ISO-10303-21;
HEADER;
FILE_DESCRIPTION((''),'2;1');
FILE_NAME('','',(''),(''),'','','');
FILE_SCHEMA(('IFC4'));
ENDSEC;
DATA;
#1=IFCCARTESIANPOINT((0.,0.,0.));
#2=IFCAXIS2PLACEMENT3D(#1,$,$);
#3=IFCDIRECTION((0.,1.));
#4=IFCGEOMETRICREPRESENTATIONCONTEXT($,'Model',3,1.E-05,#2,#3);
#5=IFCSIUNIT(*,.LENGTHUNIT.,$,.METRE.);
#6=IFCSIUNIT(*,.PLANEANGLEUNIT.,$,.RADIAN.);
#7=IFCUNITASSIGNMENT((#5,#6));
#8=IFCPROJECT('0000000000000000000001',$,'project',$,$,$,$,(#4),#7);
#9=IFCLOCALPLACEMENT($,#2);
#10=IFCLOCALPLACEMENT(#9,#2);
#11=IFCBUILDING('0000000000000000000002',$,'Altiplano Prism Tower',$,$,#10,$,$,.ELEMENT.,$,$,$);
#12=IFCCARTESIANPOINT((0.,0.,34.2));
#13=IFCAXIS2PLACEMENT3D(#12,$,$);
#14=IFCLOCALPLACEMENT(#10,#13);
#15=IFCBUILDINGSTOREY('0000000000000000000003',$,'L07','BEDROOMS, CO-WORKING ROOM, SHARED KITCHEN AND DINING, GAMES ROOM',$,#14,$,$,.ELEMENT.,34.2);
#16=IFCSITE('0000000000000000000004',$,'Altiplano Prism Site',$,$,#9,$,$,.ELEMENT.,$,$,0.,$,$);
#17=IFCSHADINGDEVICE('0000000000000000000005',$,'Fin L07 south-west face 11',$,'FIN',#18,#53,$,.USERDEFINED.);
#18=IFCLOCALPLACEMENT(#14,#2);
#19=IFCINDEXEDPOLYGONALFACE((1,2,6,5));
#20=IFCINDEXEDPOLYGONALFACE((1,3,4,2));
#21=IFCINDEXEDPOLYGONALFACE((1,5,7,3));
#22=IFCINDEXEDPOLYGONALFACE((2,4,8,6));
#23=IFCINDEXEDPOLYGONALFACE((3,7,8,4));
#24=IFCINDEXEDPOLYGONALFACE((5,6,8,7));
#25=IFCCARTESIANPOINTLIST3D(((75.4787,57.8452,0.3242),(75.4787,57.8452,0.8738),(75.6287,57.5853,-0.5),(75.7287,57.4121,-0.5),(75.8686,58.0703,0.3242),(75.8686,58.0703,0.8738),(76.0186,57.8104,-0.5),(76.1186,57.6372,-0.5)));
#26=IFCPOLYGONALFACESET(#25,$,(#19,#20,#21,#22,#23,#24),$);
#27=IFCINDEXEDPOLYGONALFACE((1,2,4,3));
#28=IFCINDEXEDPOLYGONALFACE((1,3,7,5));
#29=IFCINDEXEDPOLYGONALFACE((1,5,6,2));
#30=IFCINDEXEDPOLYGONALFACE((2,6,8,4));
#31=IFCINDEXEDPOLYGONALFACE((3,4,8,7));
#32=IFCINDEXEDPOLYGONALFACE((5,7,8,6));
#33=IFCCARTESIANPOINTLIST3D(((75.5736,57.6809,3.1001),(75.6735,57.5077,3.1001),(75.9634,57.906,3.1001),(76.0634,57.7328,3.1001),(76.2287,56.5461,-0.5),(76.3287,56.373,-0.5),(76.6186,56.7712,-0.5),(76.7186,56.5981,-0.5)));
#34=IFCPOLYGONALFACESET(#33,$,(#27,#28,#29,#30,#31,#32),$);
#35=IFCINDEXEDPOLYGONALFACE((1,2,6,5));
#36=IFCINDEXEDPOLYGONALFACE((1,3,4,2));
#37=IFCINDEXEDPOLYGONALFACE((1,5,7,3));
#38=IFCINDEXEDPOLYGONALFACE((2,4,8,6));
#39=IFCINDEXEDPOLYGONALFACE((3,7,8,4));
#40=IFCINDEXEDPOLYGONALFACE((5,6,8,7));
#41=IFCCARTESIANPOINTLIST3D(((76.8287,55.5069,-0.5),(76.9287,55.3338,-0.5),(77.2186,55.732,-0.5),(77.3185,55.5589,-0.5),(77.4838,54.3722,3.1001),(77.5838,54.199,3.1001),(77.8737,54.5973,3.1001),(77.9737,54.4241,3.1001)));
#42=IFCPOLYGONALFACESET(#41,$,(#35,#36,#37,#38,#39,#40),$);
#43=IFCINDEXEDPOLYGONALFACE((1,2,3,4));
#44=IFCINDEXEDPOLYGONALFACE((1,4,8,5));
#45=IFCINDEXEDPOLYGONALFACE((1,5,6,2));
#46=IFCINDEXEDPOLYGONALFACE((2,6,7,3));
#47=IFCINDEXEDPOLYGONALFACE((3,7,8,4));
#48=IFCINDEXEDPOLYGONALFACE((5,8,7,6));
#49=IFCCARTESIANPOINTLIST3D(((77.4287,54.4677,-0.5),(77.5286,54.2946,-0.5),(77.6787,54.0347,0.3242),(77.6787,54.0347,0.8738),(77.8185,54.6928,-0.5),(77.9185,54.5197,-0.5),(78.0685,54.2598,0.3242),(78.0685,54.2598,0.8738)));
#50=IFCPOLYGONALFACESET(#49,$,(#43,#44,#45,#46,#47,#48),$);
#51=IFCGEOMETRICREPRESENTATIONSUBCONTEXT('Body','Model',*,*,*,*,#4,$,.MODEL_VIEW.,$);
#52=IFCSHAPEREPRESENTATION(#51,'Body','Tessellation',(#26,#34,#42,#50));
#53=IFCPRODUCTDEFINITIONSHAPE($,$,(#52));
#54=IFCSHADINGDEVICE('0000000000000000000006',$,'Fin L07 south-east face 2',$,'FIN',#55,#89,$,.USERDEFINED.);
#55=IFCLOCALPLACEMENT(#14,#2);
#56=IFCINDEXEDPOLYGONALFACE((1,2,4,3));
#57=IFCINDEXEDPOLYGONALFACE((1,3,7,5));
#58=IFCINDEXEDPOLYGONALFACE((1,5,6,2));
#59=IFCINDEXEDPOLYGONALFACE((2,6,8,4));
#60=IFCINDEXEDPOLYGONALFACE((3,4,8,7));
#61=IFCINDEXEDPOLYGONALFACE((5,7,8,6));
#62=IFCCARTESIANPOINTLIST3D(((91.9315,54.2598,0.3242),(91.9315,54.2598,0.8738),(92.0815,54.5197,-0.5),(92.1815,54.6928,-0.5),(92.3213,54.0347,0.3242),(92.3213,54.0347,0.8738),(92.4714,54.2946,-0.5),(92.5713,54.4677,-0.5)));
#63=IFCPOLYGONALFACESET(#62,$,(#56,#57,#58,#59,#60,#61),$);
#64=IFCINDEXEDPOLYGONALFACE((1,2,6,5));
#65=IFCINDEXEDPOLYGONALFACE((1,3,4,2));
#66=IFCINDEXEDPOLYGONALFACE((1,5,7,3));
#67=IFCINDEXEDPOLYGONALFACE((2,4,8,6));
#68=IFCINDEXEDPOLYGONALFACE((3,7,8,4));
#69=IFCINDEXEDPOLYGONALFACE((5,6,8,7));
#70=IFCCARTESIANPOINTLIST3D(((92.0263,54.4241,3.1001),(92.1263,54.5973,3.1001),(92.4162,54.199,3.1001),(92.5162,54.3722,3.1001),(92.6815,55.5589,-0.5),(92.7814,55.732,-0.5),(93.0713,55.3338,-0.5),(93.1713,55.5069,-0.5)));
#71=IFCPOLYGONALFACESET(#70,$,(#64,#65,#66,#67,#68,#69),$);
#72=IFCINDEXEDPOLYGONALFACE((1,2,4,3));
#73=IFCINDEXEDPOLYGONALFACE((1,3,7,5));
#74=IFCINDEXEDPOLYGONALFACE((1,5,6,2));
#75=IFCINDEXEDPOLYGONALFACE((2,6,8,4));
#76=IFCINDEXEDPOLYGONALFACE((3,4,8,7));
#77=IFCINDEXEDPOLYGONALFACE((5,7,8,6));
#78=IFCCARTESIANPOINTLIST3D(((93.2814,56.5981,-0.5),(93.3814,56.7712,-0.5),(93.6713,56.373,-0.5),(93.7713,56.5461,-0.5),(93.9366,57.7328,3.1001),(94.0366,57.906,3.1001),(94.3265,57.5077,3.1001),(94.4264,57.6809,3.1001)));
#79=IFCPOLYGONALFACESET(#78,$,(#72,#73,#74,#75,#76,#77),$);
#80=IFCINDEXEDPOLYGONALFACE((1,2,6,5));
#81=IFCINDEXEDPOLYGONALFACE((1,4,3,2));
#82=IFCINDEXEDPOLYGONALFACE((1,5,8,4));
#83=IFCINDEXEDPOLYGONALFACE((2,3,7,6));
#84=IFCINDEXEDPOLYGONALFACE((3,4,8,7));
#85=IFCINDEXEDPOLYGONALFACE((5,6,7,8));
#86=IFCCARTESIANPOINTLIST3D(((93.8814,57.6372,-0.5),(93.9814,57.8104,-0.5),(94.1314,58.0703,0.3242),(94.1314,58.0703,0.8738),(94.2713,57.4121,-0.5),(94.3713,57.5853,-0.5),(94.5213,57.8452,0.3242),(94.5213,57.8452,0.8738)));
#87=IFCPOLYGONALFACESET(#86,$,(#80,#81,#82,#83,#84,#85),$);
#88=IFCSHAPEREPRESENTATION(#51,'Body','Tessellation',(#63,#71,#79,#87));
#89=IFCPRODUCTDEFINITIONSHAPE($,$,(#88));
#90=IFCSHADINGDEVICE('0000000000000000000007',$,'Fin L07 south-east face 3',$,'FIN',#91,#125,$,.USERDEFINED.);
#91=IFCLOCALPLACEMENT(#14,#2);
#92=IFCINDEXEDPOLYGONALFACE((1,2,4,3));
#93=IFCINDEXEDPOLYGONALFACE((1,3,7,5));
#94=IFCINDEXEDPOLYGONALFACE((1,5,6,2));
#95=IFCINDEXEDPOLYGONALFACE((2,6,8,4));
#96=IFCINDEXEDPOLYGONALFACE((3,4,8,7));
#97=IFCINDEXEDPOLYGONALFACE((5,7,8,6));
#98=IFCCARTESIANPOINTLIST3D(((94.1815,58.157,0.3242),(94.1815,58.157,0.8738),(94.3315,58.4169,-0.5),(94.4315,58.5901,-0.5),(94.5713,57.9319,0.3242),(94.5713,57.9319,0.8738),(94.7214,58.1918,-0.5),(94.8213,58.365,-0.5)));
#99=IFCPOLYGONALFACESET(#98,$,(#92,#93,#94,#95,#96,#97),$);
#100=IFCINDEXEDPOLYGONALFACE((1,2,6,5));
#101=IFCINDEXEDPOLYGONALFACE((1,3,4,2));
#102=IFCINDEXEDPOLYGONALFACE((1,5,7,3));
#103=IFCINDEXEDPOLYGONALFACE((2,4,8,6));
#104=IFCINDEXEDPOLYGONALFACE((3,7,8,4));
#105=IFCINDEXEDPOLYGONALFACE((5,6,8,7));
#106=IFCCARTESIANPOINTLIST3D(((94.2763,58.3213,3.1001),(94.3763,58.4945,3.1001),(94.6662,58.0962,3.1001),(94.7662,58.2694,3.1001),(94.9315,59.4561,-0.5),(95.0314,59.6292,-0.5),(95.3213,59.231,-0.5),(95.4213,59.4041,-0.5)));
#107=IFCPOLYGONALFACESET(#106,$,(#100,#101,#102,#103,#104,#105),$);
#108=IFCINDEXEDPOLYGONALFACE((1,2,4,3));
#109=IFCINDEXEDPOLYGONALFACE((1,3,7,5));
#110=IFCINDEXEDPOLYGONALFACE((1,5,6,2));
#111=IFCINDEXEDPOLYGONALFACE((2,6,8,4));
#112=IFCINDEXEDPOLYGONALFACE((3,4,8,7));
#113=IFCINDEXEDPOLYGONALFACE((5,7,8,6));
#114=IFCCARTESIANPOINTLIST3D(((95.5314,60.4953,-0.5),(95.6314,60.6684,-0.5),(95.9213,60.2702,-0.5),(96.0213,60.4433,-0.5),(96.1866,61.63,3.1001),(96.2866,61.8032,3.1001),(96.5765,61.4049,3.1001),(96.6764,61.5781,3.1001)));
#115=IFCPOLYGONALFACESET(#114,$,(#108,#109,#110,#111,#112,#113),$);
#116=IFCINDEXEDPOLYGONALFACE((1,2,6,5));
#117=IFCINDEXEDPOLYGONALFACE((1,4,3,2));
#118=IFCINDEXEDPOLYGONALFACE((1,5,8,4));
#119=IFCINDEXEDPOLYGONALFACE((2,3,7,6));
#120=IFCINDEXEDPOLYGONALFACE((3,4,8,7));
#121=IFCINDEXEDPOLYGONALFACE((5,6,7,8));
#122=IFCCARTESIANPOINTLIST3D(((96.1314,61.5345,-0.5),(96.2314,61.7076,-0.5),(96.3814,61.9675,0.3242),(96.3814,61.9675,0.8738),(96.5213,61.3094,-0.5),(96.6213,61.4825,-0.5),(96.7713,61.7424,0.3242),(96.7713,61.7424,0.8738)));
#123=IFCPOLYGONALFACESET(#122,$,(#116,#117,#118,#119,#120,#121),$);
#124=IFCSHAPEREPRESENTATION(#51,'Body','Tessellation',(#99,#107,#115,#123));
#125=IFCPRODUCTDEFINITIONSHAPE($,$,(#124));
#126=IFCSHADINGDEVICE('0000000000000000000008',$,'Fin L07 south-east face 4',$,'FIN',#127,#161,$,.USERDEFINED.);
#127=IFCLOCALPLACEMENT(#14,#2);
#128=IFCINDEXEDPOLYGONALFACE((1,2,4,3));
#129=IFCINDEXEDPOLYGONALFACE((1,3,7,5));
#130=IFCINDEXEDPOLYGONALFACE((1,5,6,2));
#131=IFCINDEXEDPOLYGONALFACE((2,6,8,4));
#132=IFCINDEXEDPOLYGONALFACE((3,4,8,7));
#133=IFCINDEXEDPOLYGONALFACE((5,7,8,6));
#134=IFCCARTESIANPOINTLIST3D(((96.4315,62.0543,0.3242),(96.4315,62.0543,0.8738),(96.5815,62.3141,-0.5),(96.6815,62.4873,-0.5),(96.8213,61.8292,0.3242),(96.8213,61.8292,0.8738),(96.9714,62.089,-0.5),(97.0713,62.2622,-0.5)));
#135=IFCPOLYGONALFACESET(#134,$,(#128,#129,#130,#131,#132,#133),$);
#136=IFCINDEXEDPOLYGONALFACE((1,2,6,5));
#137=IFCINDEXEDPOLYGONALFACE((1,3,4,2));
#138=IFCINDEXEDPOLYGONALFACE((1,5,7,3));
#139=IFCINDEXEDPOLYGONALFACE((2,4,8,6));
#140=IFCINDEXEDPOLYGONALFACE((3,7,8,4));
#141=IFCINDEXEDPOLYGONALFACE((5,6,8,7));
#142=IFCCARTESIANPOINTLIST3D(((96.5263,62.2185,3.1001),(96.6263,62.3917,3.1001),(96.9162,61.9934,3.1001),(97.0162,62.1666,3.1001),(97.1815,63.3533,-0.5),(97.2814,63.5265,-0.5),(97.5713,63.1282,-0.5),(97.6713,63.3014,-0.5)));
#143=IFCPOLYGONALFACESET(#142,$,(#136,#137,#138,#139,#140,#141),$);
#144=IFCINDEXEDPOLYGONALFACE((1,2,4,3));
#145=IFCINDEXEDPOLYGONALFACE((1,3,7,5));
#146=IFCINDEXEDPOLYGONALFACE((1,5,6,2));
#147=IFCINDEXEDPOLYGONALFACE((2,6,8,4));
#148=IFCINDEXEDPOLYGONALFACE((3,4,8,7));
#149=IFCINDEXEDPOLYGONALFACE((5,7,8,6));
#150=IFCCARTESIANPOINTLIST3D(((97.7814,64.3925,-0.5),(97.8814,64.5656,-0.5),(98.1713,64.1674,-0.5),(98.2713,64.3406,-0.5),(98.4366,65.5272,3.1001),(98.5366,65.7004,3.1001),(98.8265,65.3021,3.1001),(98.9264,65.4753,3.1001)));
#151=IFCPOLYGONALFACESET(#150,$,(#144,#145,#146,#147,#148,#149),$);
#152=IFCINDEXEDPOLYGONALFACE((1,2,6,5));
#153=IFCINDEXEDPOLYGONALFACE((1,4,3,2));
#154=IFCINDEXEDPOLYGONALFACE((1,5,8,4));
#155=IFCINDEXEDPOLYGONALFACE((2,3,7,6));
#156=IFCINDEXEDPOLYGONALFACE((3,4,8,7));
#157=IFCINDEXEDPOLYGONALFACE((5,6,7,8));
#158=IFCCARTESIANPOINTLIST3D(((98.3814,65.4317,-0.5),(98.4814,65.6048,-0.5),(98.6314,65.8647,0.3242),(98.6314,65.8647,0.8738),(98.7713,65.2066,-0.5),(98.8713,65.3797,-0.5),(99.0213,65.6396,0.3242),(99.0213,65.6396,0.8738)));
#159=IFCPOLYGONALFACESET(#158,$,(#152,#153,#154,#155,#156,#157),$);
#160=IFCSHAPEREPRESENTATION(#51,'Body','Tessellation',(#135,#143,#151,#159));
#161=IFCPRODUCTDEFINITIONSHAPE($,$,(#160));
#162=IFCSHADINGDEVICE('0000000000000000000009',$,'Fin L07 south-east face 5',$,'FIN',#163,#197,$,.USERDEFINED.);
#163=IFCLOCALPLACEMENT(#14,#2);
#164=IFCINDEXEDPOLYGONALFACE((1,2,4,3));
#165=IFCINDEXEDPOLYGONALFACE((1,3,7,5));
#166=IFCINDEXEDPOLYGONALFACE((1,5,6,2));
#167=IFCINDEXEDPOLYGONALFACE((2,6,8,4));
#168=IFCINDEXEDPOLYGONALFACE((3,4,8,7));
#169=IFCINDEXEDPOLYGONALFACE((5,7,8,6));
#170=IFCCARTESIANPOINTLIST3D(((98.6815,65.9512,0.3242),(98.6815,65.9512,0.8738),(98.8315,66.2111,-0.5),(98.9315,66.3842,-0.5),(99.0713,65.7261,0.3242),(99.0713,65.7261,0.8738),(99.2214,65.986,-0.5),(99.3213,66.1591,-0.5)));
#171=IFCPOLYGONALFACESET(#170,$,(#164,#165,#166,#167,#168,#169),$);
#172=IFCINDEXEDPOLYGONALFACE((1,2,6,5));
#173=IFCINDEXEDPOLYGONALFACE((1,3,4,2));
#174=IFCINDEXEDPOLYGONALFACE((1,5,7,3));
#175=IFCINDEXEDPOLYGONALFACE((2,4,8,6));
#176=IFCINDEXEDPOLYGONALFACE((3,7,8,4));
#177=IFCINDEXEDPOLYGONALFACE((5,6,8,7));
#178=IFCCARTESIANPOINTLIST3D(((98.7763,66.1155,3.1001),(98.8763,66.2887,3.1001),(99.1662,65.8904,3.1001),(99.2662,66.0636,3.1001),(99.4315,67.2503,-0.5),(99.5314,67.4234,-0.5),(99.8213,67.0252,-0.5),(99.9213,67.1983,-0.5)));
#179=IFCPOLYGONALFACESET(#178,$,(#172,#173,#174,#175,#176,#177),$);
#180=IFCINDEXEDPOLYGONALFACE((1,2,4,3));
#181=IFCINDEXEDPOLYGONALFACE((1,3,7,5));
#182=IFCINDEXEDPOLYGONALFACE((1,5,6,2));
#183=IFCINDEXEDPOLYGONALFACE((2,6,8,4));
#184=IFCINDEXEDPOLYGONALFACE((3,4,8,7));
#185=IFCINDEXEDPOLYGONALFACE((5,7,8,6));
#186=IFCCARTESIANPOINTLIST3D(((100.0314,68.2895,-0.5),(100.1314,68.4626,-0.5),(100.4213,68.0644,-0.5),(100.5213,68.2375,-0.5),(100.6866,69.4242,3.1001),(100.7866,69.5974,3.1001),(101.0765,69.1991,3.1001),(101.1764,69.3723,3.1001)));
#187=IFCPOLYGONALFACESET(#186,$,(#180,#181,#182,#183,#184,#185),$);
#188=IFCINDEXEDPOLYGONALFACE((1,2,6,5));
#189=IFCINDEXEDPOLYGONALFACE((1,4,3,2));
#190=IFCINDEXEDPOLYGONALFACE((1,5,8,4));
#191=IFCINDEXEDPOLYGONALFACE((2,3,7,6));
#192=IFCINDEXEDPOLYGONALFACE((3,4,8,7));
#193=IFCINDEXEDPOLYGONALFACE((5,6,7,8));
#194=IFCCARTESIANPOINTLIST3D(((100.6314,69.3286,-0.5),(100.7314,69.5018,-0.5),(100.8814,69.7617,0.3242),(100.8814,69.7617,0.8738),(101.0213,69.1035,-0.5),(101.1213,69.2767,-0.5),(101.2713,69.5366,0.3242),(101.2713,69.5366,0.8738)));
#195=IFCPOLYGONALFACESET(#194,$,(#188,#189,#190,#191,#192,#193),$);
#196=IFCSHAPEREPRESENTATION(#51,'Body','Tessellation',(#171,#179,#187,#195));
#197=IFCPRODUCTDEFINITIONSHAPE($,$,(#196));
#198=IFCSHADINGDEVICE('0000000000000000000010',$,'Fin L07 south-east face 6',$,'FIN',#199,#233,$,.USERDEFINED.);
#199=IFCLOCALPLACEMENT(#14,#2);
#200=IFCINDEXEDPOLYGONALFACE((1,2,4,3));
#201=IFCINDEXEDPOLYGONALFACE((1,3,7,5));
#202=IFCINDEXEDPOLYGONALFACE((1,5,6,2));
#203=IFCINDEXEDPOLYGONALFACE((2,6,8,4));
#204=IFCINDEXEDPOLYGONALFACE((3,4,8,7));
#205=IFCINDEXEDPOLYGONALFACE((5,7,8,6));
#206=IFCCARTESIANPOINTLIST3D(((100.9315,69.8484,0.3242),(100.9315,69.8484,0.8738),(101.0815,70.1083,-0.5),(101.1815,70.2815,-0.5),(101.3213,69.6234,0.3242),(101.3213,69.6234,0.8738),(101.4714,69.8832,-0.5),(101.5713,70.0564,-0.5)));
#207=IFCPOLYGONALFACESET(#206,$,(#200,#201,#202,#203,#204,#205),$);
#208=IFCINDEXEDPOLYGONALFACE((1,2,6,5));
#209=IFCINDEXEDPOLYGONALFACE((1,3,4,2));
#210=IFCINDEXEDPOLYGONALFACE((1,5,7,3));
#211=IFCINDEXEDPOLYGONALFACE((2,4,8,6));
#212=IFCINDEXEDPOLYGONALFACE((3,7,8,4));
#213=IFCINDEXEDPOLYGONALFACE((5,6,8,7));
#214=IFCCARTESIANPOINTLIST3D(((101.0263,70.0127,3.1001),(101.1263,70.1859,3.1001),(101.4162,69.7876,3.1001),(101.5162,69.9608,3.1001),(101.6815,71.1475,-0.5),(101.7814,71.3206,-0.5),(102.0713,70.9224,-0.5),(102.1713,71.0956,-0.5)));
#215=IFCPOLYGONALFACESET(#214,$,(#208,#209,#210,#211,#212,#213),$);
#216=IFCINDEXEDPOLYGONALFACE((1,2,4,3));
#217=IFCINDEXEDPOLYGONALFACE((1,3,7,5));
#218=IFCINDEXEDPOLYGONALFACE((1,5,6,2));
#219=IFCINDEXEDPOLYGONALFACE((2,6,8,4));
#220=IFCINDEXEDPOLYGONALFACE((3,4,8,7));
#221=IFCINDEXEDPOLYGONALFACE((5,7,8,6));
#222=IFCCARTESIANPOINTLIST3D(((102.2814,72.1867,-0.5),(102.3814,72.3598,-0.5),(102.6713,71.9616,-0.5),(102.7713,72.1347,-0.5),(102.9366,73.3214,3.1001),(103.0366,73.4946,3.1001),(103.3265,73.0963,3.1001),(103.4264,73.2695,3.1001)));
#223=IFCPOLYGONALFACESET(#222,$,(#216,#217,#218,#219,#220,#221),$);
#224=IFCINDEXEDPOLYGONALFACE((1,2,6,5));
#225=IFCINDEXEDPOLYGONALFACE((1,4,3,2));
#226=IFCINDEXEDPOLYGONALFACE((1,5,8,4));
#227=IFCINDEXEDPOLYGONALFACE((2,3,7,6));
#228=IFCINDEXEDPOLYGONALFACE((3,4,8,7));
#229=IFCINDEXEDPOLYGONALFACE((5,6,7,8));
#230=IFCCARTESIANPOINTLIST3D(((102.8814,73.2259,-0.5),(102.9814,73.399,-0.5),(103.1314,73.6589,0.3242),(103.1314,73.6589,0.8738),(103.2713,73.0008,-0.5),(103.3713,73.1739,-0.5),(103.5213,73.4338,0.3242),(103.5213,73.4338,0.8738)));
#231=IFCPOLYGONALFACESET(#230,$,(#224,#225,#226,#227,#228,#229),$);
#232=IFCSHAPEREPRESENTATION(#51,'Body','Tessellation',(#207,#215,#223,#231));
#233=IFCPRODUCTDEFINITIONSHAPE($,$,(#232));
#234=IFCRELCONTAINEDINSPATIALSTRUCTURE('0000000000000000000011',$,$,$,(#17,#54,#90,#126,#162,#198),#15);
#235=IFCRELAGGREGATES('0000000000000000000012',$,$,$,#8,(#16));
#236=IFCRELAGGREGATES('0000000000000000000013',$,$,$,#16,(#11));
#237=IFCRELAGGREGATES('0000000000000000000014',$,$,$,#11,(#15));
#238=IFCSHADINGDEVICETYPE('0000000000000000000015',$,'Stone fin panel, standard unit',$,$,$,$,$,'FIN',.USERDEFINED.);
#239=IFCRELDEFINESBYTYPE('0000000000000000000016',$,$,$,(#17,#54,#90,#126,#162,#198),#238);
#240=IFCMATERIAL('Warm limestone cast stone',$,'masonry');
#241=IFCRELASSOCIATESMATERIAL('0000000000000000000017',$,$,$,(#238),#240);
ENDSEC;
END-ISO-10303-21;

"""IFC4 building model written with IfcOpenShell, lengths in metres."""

from ifc_helpers import new_model, si_unit, direction, frame, origin, place, context, subcontext, project, spatial, polyline, outline, extrude, source, transform, mapped, material, type_object, element, save


model = new_model("IFC4")

# Units and contexts
model_context = context("Model", 3, precision=1e-05, world=origin(), true_north=direction((0.0, 1.0)))
body_context = subcontext(model_context, "Body", "Model", "MODEL_VIEW")
ifc_project = project(units=[si_unit("LENGTHUNIT", "METRE"), si_unit("PLANEANGLEUNIT", "RADIAN")], contexts=[model_context])

# Site, building, storey
site_placement = place(None, origin())
site = spatial("IfcSite", under=ifc_project, at=site_placement, Name="Altiplano Prism Site", CompositionType="ELEMENT", RefElevation=0.0)
building_placement = place(site_placement, origin())
building = spatial("IfcBuilding", under=site, at=building_placement, Name="Altiplano Prism Tower", CompositionType="ELEMENT")
storey_placement = place(building_placement, frame((0.0, 0.0, 34.2)))
storey = spatial("IfcBuildingStorey", under=building, at=storey_placement, Name="L07", Description="BEDROOMS, CO-WORKING ROOM, SHARED KITCHEN AND DINING, GAMES ROOM", CompositionType="ELEMENT", Elevation=34.2)

# Shading devices
ifc_material_1 = material(Name="Warm limestone cast stone", Category="masonry")
shading_device_type_1 = type_object("IfcShadingDeviceType", Name="Stone fin panel, standard unit", ElementType="FIN", PredefinedType="USERDEFINED", material=ifc_material_1)
shared_shape_1 = source(origin(), body_context, "Body", "SweptSolid", [
    extrude(outline(polyline([(-2.2, 1.3738), (-2.2, 0.8242), (-1.8999, 0.0), (-1.7, 0.0), (-2.2, 1.3738)])), frame((0.0, -0.1499, 0.0), z_axis=(0.0, -1.0, 0.0), x_axis=(1.0, 0.0, 0.0)), (0.0, 0.0, 1.0), 0.4502),
    extrude(outline(polyline([(-2.0103, 3.6001), (-0.7, 0.0), (-0.5, 0.0), (-1.8103, 3.6001), (-2.0103, 3.6001)])), frame((0.0, -0.1499, 0.0), z_axis=(0.0, -1.0, 0.0), x_axis=(1.0, 0.0, 0.0)), (0.0, 0.0, 1.0), 0.4502),
    extrude(outline(polyline([(1.8103, 3.6001), (0.5, 0.0), (0.7, 0.0), (2.0103, 3.6001), (1.8103, 3.6001)])), frame((0.0, -0.1499, 0.0), z_axis=(0.0, -1.0, 0.0), x_axis=(1.0, 0.0, 0.0)), (0.0, 0.0, 1.0), 0.4502),
    extrude(outline(polyline([(2.2, 0.8242), (2.2, 1.3738), (1.7, 0.0), (1.8999, 0.0), (2.2, 0.8242)])), frame((0.0, -0.1499, 0.0), z_axis=(0.0, -1.0, 0.0), x_axis=(1.0, 0.0, 0.0)), (0.0, 0.0, 1.0), 0.4502),
])
shading_device_1_placement = place(storey_placement, origin())
element("IfcShadingDevice", 1, at=shading_device_1_placement, inside=storey, type_object=shading_device_type_1, Name="Fin L07 south-west face 11", ObjectType="FIN", PredefinedType="USERDEFINED", context=body_context, shape_type="MappedRepresentation", body=[
    mapped(shared_shape_1, transform((77.0984, 56.24, -0.5), x_axis=(0.5, -0.866025, 0.0), y_axis=(0.866025, 0.5, 0.0), z_axis=(0.0, 0.0, 1.0))),
])
shading_device_2_placement = place(storey_placement, origin())
element("IfcShadingDevice", 2, at=shading_device_2_placement, inside=storey, type_object=shading_device_type_1, Name="Fin L07 south-east face 2", ObjectType="FIN", PredefinedType="USERDEFINED", context=body_context, shape_type="MappedRepresentation", body=[
    mapped(shared_shape_1, transform((92.9016, 56.24, -0.5), x_axis=(0.5, 0.866025, 0.0), y_axis=(-0.866025, 0.5, 0.0), z_axis=(0.0, 0.0, 1.0))),
])
shading_device_3_placement = place(storey_placement, origin())
element("IfcShadingDevice", 3, at=shading_device_3_placement, inside=storey, type_object=shading_device_type_1, Name="Fin L07 south-east face 3", ObjectType="FIN", PredefinedType="USERDEFINED", context=body_context, shape_type="MappedRepresentation", body=[
    mapped(shared_shape_1, transform((95.1516, 60.1372, -0.5), x_axis=(0.5, 0.866025, 0.0), y_axis=(-0.866025, 0.5, 0.0), z_axis=(0.0, 0.0, 1.0))),
])
shading_device_4_placement = place(storey_placement, origin())
element("IfcShadingDevice", 4, at=shading_device_4_placement, inside=storey, type_object=shading_device_type_1, Name="Fin L07 south-east face 4", ObjectType="FIN", PredefinedType="USERDEFINED", context=body_context, shape_type="MappedRepresentation", body=[
    mapped(shared_shape_1, transform((97.4016, 64.0344, -0.5), x_axis=(0.5, 0.866025, 0.0), y_axis=(-0.866025, 0.5, 0.0), z_axis=(0.0, 0.0, 1.0))),
])
shading_device_5_placement = place(storey_placement, origin())
element("IfcShadingDevice", 5, at=shading_device_5_placement, inside=storey, type_object=shading_device_type_1, Name="Fin L07 south-east face 5", ObjectType="FIN", PredefinedType="USERDEFINED", context=body_context, shape_type="MappedRepresentation", body=[
    mapped(shared_shape_1, transform((99.6516, 67.9314, -0.5), x_axis=(0.5, 0.866025, 0.0), y_axis=(-0.866025, 0.5, 0.0), z_axis=(0.0, 0.0, 1.0))),
])
shading_device_6_placement = place(storey_placement, origin())
element("IfcShadingDevice", 6, at=shading_device_6_placement, inside=storey, type_object=shading_device_type_1, Name="Fin L07 south-east face 6", ObjectType="FIN", PredefinedType="USERDEFINED", context=body_context, shape_type="MappedRepresentation", body=[
    mapped(shared_shape_1, transform((101.9016, 71.8286, -0.5), x_axis=(0.5, 0.866025, 0.0), y_axis=(-0.866025, 0.5, 0.0), z_axis=(0.0, 0.0, 1.0))),
])

save(model, "model.ifc")
